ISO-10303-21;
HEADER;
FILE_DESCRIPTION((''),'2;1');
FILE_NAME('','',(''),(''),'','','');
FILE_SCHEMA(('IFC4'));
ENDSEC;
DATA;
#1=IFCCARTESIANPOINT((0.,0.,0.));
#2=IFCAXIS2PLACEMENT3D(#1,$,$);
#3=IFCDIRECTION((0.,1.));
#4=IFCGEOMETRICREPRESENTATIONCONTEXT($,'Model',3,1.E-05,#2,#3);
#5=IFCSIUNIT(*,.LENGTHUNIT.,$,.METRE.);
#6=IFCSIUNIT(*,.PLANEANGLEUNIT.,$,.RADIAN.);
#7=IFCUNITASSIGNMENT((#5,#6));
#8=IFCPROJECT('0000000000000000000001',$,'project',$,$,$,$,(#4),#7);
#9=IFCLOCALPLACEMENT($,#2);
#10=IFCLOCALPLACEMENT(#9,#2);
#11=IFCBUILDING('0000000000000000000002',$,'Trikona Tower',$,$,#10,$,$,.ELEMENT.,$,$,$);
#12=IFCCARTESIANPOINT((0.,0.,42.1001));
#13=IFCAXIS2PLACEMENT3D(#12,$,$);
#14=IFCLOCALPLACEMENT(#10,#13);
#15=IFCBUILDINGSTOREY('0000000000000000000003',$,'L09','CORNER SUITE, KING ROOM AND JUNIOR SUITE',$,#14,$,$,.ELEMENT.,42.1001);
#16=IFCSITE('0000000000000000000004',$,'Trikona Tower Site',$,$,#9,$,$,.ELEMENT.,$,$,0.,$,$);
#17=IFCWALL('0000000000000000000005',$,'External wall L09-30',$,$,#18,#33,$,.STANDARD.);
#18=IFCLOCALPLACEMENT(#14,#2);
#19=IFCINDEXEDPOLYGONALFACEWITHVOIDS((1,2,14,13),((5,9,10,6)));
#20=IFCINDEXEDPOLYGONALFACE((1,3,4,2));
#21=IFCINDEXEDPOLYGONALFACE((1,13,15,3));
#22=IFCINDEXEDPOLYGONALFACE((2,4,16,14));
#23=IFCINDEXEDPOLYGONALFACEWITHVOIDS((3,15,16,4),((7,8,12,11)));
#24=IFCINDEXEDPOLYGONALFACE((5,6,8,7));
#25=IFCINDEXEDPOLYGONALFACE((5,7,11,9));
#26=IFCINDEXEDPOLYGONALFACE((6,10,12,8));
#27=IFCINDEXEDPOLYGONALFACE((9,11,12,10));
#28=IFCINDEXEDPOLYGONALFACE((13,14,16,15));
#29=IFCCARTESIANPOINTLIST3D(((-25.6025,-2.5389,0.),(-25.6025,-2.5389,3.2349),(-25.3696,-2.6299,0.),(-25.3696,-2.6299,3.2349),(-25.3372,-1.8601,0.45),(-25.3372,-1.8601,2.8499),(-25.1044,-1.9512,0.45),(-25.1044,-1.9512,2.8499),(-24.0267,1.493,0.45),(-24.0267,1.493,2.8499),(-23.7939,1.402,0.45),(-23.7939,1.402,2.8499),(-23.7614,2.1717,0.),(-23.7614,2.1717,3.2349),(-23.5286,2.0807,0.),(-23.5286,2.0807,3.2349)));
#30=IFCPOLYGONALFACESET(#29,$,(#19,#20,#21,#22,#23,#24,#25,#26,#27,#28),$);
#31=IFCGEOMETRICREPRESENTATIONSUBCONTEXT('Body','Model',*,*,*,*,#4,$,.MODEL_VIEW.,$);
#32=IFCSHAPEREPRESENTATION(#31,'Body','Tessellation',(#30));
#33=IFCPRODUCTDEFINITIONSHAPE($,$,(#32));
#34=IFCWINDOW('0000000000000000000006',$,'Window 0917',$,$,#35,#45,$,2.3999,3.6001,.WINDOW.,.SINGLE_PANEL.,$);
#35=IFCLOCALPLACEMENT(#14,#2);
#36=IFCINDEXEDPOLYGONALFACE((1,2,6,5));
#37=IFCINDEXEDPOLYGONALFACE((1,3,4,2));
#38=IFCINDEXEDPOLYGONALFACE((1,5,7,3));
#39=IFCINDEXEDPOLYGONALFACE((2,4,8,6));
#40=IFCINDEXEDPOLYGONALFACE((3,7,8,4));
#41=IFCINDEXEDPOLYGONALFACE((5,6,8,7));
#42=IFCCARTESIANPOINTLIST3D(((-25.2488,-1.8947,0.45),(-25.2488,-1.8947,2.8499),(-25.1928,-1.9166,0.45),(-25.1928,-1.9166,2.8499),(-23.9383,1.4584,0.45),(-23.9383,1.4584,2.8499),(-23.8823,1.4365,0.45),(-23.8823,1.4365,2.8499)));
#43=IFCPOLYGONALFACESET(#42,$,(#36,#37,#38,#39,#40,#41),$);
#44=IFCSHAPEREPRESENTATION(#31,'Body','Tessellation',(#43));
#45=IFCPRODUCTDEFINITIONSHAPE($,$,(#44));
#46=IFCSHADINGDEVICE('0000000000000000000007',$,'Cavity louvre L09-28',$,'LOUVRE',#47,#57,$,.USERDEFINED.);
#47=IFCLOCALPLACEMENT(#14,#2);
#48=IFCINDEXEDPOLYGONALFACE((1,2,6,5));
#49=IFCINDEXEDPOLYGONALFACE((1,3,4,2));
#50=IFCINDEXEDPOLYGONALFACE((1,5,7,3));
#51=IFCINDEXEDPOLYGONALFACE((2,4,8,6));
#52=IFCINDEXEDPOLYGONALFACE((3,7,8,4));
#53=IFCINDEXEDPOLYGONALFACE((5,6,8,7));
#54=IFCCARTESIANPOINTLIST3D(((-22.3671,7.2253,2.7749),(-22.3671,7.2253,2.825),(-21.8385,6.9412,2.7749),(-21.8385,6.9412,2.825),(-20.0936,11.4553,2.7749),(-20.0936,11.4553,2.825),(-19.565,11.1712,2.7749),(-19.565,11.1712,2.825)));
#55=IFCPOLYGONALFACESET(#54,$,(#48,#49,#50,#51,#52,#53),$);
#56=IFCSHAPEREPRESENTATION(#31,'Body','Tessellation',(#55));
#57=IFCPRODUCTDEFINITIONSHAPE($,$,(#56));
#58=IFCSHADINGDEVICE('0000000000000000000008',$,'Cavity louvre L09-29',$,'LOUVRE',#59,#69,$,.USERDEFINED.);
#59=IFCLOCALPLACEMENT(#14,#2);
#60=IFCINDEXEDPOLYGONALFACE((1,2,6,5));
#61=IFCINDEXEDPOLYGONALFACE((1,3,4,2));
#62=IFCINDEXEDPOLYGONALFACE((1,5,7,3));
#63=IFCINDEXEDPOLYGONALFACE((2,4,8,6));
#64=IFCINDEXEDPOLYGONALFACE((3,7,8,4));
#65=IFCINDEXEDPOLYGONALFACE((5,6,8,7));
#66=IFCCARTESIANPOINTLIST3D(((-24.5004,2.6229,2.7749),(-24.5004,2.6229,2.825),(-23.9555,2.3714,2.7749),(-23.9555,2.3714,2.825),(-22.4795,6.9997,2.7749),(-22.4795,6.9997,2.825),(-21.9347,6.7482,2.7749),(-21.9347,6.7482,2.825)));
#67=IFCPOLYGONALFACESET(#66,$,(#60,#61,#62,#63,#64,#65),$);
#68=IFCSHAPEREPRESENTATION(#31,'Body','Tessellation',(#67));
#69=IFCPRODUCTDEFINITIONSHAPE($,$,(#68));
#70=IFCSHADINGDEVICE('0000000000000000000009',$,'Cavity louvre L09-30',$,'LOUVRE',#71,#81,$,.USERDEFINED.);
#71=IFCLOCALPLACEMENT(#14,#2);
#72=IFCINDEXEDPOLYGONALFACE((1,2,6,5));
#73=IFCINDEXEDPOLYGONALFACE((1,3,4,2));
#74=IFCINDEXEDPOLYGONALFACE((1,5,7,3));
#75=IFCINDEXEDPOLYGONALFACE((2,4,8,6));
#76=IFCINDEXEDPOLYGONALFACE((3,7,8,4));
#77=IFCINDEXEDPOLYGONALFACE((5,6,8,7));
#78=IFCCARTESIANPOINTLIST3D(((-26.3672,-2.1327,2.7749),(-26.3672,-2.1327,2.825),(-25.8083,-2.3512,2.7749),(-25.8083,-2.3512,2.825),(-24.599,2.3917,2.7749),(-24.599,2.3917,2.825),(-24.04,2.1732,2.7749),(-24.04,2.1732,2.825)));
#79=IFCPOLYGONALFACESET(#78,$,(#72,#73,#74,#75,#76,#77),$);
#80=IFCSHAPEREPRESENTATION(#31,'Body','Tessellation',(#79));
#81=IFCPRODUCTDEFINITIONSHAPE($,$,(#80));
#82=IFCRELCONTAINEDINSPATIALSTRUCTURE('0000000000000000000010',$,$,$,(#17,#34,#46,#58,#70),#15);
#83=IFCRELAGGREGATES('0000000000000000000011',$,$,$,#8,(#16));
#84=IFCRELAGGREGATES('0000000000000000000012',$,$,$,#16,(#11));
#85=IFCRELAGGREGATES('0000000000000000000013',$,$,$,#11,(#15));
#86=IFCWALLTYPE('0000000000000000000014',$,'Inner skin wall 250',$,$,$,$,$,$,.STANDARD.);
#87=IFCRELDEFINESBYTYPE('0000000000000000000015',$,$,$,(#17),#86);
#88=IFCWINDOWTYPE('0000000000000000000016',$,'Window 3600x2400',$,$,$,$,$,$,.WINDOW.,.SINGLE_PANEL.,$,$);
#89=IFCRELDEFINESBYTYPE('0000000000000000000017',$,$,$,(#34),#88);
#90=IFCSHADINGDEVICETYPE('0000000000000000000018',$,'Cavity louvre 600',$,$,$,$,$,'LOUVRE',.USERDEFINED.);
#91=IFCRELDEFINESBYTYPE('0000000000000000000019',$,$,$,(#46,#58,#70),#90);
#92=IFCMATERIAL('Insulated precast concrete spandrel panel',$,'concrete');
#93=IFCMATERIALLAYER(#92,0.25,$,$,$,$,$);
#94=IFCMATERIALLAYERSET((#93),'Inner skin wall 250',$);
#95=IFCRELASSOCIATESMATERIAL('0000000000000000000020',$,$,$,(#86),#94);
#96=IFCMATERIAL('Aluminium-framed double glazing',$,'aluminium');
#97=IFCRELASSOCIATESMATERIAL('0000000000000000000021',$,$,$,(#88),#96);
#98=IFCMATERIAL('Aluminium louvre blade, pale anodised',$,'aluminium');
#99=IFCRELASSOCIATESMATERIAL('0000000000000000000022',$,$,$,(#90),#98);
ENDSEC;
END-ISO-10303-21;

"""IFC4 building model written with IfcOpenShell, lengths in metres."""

from ifc_helpers import new_model, si_unit, direction, frame, frame_2d, origin, origin_2d, place, context, subcontext, project, spatial, rectangle, extrude, material, layer, layer_set, type_object, element, fill, save


model = new_model("IFC4")

# Units and contexts
model_context = context("Model", 3, precision=1e-05, world=origin(), true_north=direction((0.0, 1.0)))
body_context = subcontext(model_context, "Body", "Model", "MODEL_VIEW")
ifc_project = project(units=[si_unit("LENGTHUNIT", "METRE"), si_unit("PLANEANGLEUNIT", "RADIAN")], contexts=[model_context])

# Site, building, storey
site_placement = place(None, origin())
site = spatial("IfcSite", under=ifc_project, at=site_placement, Name="Trikona Tower Site", CompositionType="ELEMENT", RefElevation=0.0)
building_placement = place(site_placement, origin())
building = spatial("IfcBuilding", under=site, at=building_placement, Name="Trikona Tower", CompositionType="ELEMENT")
storey_placement = place(building_placement, frame((0.0, 0.0, 42.1001)))
storey = spatial("IfcBuildingStorey", under=building, at=storey_placement, Name="L09", Description="CORNER SUITE, KING ROOM AND JUNIOR SUITE", CompositionType="ELEMENT", Elevation=42.1001)

# Wall, opening, window
ifc_material_1 = material(Name="Insulated precast concrete spandrel panel", Category="concrete")
ifc_layer_1 = layer(ifc_material_1, 0.25)
ifc_layer_set_1 = layer_set([ifc_layer_1], Name="Inner skin wall 250")
wall_type = type_object("IfcWallType", Name="Inner skin wall 250", PredefinedType="STANDARD", material=ifc_layer_set_1)
ifc_material_2 = material(Name="Aluminium-framed double glazing", Category="aluminium")
window_type = type_object("IfcWindowType", Name="Window 3600x2400", PartitioningType="SINGLE_PANEL", PredefinedType="WINDOW", material=ifc_material_2)
wall_1_placement = place(storey_placement, frame((-23.645, 2.1262, 0.0), z_axis=(0.0, 0.0, 1.0), x_axis=(-0.364013, -0.931394, 0.0)))
wall_1 = element("IfcWall", 1, at=wall_1_placement, inside=storey, type_object=wall_type, Name="External wall L09-30", PredefinedType="STANDARD", context=body_context, shape_type="SweptSolid", body=[
    extrude(rectangle(XDim=5.0576, YDim=0.25, at=frame_2d((2.5288, 0.0))), origin(), (0.0, 0.0, 1.0), 3.2349),
])
opening_1_placement = place(wall_1_placement, frame((0.7288, 0.0, 0.45)))
opening_1 = element("IfcOpeningElement", 2, at=opening_1_placement, cuts=wall_1, PredefinedType="OPENING", context=body_context, shape_type="SweptSolid", body=[
    extrude(rectangle(XDim=3.6001, YDim=2.3999, at=frame_2d((1.8, 1.2))), frame((0.0, 0.135, 0.0), z_axis=(0.0, -1.0, 0.0), x_axis=(1.0, 0.0, 0.0)), (0.0, 0.0, 1.0), 0.27),
])
window_1_placement = place(opening_1_placement, origin())
window_1 = element("IfcWindow", 3, at=window_1_placement, inside=storey, type_object=window_type, Name="Window 0917", OverallHeight=2.3999, OverallWidth=3.6001, PartitioningType="SINGLE_PANEL", PredefinedType="WINDOW", context=body_context, shape_type="SweptSolid", body=[
    extrude(rectangle(XDim=3.6001, YDim=2.3999, at=frame_2d((1.8, 1.2))), frame((0.0, 0.03, 0.0), z_axis=(0.0, -1.0, 0.0), x_axis=(1.0, 0.0, 0.0)), (0.0, 0.0, 1.0), 0.0601),
])
fill(opening_1, window_1)

# Shading devices
ifc_material_3 = material(Name="Aluminium louvre blade, pale anodised", Category="aluminium")
shading_device_type = type_object("IfcShadingDeviceType", Name="Cavity louvre 600", ElementType="LOUVRE", PredefinedType="USERDEFINED", material=ifc_material_3)
shading_device_1_placement = place(storey_placement, frame((-20.9661, 9.1982, 2.7749), z_axis=(0.0, 0.0, 1.0), x_axis=(-0.473423, -0.880835, 0.0)))
element("IfcShadingDevice", 4, at=shading_device_1_placement, inside=storey, type_object=shading_device_type, Name="Cavity louvre L09-28", ObjectType="LOUVRE", PredefinedType="USERDEFINED", context=body_context, shape_type="SweptSolid", body=[
    extrude(rectangle(XDim=4.8022, YDim=0.6001, at=origin_2d()), origin(), (0.0, 0.0, 1.0), 0.05),
])
shading_device_2_placement = place(storey_placement, frame((-23.2175, 4.6855, 2.7749), z_axis=(0.0, 0.0, 1.0), x_axis=(-0.419194, -0.907897, 0.0)))
element("IfcShadingDevice", 5, at=shading_device_2_placement, inside=storey, type_object=shading_device_type, Name="Cavity louvre L09-29", ObjectType="LOUVRE", PredefinedType="USERDEFINED", context=body_context, shape_type="SweptSolid", body=[
    extrude(rectangle(XDim=4.8208, YDim=0.6001, at=origin_2d()), origin(), (0.0, 0.0, 1.0), 0.05),
])
shading_device_3_placement = place(storey_placement, frame((-25.2036, 0.0203, 2.7749), z_axis=(0.0, 0.0, 1.0), x_axis=(-0.364009, -0.931395, 0.0)))
element("IfcShadingDevice", 6, at=shading_device_3_placement, inside=storey, type_object=shading_device_type, Name="Cavity louvre L09-30", ObjectType="LOUVRE", PredefinedType="USERDEFINED", context=body_context, shape_type="SweptSolid", body=[
    extrude(rectangle(XDim=4.8577, YDim=0.6001, at=origin_2d()), origin(), (0.0, 0.0, 1.0), 0.05),
])

save(model, "model.ifc")
